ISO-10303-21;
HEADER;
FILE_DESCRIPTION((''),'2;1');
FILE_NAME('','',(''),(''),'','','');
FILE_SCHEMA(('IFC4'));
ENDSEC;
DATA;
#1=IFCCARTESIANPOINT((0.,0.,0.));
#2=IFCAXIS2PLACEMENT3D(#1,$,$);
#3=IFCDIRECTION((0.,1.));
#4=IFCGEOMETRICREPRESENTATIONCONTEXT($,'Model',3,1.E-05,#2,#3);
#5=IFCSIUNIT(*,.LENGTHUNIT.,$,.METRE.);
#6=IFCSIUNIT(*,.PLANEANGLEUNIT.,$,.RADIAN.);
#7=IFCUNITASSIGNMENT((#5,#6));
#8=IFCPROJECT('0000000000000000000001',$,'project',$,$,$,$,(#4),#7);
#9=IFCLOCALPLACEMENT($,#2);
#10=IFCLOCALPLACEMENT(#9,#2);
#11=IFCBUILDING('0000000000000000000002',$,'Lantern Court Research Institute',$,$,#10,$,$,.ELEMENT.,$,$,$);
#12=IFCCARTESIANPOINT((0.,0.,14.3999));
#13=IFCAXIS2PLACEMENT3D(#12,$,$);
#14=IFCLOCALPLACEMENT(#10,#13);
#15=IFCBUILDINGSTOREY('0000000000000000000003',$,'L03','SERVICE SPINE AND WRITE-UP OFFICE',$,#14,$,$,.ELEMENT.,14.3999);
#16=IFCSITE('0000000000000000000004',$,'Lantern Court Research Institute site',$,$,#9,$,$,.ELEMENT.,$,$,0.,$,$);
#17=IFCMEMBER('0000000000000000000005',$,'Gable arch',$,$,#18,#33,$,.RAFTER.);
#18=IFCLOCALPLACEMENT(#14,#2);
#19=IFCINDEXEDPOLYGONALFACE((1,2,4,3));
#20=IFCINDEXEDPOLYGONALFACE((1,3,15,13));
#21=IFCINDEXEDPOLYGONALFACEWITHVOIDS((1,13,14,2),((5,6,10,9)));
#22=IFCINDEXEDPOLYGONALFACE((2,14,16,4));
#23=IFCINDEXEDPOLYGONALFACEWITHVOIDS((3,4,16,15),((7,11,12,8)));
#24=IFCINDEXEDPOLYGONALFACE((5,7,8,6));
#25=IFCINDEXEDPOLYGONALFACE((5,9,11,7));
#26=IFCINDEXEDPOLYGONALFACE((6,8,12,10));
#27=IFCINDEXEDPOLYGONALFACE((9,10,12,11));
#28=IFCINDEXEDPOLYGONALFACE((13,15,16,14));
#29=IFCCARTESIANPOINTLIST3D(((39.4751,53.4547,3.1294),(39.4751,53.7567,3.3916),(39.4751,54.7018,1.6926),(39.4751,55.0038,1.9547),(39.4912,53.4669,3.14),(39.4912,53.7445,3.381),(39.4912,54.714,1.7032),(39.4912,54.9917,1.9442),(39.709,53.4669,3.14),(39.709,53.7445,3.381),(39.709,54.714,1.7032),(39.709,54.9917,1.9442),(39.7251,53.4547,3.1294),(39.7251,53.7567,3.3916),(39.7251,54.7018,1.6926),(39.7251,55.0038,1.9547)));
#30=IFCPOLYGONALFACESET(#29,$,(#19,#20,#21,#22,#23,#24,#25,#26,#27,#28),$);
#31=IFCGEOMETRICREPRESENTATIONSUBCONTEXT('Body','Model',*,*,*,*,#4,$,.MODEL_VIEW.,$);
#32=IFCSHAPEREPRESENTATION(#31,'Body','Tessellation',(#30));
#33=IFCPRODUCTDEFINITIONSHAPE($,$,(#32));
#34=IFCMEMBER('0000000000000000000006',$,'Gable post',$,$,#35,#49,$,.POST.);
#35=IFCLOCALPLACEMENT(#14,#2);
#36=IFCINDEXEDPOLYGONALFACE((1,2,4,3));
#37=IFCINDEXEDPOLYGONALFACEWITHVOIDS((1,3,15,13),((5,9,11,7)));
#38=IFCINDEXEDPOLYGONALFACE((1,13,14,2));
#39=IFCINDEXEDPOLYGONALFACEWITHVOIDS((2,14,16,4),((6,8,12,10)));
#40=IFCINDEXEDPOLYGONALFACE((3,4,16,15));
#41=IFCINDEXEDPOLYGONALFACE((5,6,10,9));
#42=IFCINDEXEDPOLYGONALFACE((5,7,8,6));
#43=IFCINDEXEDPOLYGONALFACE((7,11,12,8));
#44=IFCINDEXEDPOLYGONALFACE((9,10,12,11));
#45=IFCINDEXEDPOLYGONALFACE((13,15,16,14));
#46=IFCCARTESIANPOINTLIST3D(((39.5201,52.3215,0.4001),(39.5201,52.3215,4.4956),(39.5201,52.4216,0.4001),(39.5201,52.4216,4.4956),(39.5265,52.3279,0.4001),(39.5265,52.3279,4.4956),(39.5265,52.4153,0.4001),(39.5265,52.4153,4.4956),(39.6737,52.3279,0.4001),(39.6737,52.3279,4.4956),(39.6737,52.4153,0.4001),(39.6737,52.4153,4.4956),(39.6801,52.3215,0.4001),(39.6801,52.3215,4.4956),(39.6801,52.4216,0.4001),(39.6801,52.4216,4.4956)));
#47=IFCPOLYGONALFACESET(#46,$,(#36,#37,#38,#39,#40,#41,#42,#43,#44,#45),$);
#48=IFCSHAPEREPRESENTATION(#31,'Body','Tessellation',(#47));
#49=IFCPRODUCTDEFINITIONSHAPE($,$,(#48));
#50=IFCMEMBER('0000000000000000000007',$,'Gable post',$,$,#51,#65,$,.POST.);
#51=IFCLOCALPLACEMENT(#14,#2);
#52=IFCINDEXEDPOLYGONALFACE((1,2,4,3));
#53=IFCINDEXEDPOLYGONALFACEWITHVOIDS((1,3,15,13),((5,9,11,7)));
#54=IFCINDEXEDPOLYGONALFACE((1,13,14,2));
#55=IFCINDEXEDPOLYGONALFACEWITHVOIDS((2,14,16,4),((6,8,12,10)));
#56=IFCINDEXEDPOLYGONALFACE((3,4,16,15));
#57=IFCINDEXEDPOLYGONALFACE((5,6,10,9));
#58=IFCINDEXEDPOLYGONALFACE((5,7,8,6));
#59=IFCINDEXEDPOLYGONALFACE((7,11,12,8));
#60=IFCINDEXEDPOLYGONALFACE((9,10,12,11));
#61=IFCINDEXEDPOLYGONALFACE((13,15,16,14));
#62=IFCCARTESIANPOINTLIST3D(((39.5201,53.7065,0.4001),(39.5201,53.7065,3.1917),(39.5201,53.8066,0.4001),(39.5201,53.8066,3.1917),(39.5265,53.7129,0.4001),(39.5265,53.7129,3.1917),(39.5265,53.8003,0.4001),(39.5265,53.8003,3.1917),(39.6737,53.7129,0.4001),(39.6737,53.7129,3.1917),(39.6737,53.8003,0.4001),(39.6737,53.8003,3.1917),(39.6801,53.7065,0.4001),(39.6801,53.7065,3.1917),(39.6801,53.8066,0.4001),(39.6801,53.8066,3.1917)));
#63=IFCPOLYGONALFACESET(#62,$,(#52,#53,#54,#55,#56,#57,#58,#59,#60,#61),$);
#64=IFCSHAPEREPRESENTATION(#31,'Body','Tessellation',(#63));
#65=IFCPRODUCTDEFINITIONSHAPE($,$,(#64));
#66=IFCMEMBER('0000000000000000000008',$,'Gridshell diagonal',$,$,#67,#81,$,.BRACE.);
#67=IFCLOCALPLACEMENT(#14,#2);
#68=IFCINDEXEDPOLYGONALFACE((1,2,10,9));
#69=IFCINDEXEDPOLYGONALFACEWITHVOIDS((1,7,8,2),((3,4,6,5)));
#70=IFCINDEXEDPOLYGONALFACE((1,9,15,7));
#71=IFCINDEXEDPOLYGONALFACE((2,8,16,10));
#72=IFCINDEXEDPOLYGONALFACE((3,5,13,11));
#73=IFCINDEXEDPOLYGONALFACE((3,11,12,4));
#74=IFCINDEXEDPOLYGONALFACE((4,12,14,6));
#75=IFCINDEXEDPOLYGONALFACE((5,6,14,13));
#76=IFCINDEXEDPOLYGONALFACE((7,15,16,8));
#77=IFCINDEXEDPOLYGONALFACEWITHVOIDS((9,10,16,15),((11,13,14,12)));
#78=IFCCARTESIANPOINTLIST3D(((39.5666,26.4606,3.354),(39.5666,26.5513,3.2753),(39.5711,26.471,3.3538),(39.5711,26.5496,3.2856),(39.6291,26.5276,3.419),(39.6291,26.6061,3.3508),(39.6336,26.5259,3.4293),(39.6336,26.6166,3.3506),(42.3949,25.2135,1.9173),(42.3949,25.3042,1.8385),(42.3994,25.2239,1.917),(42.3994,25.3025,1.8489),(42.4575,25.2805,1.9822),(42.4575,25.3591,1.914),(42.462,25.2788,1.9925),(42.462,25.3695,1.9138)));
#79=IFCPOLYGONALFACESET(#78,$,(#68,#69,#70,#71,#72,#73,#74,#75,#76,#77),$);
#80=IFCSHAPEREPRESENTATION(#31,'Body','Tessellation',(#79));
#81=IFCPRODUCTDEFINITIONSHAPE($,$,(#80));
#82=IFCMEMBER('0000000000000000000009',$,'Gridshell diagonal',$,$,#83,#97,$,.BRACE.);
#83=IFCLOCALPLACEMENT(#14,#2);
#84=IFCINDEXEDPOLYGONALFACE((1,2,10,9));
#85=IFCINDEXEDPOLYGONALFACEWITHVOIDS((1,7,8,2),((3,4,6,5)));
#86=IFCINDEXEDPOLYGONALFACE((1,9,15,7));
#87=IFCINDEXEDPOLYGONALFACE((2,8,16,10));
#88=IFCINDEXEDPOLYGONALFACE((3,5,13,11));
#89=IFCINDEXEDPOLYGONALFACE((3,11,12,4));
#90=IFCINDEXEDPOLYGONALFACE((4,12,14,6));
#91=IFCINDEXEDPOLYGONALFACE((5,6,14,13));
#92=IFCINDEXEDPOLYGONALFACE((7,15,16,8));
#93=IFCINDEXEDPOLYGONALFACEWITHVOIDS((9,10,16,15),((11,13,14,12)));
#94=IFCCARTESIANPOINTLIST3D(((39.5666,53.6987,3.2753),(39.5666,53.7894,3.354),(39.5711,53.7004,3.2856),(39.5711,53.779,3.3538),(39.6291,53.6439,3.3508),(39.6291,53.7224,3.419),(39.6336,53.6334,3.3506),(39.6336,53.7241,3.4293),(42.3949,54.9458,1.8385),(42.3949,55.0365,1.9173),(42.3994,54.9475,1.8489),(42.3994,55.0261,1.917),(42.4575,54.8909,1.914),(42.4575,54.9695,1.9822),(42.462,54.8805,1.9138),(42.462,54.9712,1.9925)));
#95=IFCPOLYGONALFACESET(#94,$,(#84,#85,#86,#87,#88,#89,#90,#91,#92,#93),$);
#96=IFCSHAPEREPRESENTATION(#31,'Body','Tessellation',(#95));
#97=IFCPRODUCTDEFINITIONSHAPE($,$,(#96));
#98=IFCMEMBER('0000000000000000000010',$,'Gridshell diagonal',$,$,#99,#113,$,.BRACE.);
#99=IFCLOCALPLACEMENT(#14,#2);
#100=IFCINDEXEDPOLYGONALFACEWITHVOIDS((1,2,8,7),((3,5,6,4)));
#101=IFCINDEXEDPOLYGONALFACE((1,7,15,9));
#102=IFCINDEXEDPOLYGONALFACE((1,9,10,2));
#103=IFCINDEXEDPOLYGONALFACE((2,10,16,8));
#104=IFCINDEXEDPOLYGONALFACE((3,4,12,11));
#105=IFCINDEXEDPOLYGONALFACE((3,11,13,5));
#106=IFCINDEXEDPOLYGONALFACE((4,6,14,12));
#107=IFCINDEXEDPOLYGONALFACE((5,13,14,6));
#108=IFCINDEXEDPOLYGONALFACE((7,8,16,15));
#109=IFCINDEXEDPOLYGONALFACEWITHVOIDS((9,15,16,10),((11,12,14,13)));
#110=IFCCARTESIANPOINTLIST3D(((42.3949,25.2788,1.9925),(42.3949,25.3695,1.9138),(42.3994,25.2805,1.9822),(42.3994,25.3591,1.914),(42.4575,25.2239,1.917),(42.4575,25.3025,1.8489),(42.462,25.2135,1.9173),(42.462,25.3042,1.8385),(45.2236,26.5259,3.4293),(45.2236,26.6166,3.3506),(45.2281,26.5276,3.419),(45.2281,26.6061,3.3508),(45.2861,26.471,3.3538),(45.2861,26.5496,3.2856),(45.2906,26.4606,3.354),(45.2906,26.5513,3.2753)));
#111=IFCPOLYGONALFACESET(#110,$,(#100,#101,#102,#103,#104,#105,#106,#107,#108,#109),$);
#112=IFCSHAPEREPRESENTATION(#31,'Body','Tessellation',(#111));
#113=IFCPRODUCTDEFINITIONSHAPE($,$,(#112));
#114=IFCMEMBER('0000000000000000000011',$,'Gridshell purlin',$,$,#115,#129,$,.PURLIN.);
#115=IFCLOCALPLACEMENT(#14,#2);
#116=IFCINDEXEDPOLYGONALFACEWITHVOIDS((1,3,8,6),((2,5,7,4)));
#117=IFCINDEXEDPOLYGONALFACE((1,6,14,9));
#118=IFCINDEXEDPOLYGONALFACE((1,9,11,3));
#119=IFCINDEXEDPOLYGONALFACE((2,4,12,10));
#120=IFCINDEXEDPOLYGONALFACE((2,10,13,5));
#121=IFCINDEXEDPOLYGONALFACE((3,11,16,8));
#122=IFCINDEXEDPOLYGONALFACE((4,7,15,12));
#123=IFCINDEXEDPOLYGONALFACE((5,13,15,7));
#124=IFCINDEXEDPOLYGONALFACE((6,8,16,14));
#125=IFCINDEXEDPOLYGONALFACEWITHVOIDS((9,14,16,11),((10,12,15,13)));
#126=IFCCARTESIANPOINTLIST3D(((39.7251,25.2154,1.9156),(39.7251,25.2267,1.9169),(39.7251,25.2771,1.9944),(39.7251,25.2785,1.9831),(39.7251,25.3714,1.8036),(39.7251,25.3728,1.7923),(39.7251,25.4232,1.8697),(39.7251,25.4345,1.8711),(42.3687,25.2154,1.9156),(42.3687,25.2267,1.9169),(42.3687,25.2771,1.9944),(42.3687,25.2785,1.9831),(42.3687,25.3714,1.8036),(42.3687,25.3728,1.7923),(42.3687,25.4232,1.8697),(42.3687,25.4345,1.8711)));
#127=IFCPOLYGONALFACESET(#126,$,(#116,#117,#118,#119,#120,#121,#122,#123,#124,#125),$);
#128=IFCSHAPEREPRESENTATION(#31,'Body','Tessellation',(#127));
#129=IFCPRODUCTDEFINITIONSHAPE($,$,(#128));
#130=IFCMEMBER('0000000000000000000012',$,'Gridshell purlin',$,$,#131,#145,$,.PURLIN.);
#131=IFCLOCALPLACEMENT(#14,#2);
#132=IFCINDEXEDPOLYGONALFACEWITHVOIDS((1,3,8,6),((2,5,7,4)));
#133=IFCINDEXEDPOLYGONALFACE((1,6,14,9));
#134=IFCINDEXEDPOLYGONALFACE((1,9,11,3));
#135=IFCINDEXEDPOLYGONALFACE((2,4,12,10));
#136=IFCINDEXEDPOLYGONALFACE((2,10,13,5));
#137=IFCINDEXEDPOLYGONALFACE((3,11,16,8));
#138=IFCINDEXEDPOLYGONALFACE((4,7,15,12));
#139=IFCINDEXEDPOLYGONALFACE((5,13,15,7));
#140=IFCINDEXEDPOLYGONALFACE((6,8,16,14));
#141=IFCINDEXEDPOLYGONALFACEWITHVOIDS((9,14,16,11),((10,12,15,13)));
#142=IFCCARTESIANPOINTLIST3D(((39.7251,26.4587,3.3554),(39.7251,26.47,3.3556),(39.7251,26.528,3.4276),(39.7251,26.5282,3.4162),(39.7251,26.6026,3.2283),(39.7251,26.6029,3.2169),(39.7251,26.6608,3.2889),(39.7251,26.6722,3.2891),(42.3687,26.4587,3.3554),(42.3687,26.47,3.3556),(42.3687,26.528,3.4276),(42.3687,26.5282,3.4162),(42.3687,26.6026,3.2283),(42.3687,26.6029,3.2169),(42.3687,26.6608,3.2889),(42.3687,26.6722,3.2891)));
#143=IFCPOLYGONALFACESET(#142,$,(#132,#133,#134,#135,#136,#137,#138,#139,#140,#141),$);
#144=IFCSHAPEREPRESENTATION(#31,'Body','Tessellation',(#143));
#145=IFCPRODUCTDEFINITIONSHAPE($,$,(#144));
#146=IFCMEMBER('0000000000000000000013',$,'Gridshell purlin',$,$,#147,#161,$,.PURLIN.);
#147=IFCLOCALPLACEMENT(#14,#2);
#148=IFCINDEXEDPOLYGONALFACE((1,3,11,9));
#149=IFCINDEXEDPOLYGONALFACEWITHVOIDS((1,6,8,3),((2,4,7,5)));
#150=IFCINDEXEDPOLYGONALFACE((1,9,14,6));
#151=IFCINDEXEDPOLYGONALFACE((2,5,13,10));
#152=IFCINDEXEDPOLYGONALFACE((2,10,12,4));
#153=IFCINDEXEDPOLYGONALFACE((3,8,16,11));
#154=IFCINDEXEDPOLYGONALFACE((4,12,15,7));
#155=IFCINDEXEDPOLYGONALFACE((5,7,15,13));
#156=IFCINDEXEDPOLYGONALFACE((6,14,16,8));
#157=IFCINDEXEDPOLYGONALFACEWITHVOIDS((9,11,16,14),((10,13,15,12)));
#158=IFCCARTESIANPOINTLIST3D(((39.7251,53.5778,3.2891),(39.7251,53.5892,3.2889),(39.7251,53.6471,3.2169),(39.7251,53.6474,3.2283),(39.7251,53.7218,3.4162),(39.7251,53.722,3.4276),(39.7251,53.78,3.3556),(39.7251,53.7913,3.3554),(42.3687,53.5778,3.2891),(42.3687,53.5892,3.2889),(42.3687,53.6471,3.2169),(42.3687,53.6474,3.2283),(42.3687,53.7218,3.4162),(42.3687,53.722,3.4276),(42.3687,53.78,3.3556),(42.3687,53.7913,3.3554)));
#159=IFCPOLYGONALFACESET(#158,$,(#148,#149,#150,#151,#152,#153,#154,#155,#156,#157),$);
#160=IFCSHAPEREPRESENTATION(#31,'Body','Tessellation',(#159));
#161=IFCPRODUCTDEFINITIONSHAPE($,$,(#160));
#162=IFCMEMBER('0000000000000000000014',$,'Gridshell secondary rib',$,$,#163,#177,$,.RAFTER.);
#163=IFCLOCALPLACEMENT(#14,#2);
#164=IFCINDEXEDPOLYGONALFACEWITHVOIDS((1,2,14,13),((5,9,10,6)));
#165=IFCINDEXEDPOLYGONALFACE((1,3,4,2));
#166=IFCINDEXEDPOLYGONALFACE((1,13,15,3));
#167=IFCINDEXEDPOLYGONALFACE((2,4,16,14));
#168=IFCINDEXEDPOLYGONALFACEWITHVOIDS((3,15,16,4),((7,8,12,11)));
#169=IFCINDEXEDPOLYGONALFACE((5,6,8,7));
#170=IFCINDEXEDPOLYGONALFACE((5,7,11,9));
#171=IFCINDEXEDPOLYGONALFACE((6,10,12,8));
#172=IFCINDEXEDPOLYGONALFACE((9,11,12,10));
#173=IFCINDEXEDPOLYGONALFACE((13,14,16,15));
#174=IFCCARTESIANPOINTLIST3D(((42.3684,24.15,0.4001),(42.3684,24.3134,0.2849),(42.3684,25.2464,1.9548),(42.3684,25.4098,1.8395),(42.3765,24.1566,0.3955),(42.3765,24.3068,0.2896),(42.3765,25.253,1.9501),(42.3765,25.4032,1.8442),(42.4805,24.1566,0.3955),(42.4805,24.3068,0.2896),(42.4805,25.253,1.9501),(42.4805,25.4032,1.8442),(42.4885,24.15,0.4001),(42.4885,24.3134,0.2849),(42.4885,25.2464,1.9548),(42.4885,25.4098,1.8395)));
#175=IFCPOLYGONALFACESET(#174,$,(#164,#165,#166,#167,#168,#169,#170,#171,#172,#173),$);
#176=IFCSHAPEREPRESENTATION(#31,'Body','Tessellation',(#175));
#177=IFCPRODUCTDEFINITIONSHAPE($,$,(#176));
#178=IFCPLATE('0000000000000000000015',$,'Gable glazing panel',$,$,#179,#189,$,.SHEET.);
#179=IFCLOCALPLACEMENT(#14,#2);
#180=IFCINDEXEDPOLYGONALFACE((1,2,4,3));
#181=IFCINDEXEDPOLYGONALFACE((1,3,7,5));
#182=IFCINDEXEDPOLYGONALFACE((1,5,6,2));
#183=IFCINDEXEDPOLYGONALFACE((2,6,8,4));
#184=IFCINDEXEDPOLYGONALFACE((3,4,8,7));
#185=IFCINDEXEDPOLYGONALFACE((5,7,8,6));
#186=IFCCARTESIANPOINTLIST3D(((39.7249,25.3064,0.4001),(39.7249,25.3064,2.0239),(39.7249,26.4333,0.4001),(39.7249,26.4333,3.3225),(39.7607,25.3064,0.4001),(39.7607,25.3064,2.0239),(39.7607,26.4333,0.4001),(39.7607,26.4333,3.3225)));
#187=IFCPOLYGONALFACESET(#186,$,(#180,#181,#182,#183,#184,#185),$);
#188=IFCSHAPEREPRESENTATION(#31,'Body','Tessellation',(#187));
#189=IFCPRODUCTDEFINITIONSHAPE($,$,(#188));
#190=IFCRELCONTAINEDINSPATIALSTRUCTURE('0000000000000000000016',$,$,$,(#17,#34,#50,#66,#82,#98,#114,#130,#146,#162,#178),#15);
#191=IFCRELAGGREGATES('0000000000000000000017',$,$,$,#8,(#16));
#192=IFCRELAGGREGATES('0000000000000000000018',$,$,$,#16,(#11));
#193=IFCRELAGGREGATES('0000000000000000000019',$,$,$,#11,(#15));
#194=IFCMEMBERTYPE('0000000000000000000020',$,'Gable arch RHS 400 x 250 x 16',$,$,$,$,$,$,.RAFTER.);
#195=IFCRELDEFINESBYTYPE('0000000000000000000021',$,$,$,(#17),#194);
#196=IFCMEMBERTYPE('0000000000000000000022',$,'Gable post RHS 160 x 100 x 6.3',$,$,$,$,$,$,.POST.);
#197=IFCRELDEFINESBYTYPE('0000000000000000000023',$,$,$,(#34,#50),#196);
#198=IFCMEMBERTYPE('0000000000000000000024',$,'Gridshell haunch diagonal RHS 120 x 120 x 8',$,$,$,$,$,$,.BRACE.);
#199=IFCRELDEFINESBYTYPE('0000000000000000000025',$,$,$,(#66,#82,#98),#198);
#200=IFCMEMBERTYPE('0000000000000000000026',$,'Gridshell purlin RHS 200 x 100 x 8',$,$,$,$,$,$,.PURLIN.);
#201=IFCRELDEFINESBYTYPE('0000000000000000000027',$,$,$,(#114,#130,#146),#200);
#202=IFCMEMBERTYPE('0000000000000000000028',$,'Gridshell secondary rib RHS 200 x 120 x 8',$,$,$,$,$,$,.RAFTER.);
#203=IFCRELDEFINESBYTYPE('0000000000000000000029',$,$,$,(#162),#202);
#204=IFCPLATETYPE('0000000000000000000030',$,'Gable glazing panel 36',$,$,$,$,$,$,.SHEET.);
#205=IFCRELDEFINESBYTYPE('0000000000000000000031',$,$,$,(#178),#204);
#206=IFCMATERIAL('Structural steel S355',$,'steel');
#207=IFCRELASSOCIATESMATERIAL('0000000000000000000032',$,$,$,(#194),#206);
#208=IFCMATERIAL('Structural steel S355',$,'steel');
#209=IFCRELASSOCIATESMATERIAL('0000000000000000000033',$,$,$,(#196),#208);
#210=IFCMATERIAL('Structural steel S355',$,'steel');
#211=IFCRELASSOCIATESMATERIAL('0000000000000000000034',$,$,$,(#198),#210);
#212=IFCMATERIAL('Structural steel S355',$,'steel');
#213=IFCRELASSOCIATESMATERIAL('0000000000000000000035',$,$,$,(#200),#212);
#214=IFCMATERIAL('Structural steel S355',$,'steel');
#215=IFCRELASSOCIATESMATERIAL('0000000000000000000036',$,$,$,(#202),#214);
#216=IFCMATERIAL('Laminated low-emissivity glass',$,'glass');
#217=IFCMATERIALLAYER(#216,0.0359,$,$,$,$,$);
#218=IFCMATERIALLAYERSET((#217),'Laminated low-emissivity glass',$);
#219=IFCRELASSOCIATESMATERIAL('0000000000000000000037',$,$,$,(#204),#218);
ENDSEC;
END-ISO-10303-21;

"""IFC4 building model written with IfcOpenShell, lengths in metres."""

from ifc_helpers import new_model, si_unit, direction, frame, origin, origin_2d, place, context, subcontext, project, spatial, polyline, hollow_rectangle, outline, extrude, material, layer, layer_set, material_profile, profile_set, type_object, element, save


model = new_model("IFC4")

# Units and contexts
model_context = context("Model", 3, precision=1e-05, world=origin(), true_north=direction((0.0, 1.0)))
body_context = subcontext(model_context, "Body", "Model", "MODEL_VIEW")
ifc_project = project(units=[si_unit("LENGTHUNIT", "METRE"), si_unit("PLANEANGLEUNIT", "RADIAN")], contexts=[model_context])

# Site, building, storey
site_placement = place(None, origin())
site = spatial("IfcSite", under=ifc_project, at=site_placement, Name="Lantern Court Research Institute site", CompositionType="ELEMENT", RefElevation=0.0)
building_placement = place(site_placement, origin())
building = spatial("IfcBuilding", under=site, at=building_placement, Name="Lantern Court Research Institute", CompositionType="ELEMENT")
storey_placement = place(building_placement, frame((0.0, 0.0, 14.3999)))
storey = spatial("IfcBuildingStorey", under=building, at=storey_placement, Name="L03", Description="SERVICE SPINE AND WRITE-UP OFFICE", CompositionType="ELEMENT", Elevation=14.3999)

# Members
ifc_material_1 = material(Name="Structural steel S355", Category="steel")
ifc_material_profile_1 = material_profile(ifc_material_1, hollow_rectangle(XDim=0.25, YDim=0.3999, WallThickness=0.0161, at=origin_2d()), Name="Gable arch RHS 400 x 250 x 16")
ifc_profile_set_1 = profile_set([ifc_material_profile_1], Name="Structural steel S355")
member_type_1 = type_object("IfcMemberType", Name="Gable arch RHS 400 x 250 x 16", PredefinedType="RAFTER", material=ifc_profile_set_1)
member_1_placement = place(storey_placement, frame((39.6001, 53.6057, 3.2605), z_axis=(0.0, 0.655492, -0.755202), x_axis=(-1.0, 0.0, 0.0)))
element("IfcMember", 1, at=member_1_placement, inside=storey, type_object=member_type_1, Name="Gable arch", PredefinedType="RAFTER", context=body_context, shape_type="SweptSolid", body=[
    extrude(hollow_rectangle(XDim=0.25, YDim=0.3999, WallThickness=0.0161, at=origin_2d()), origin(), (0.0, 0.0, 1.0), 1.9026),
])
ifc_material_2 = material(Name="Structural steel S355", Category="steel")
ifc_material_profile_2 = material_profile(ifc_material_2, hollow_rectangle(XDim=0.1599, YDim=0.1001, WallThickness=0.0063, at=origin_2d()), Name="Gable post RHS 160 x 100 x 6.3")
ifc_profile_set_2 = profile_set([ifc_material_profile_2], Name="Structural steel S355")
member_type_2 = type_object("IfcMemberType", Name="Gable post RHS 160 x 100 x 6.3", PredefinedType="POST", material=ifc_profile_set_2)
member_2_placement = place(storey_placement, frame((39.6001, 52.3716, 0.4001), z_axis=(0.0, 0.0, 1.0), x_axis=(1.0, 0.0, 0.0)))
element("IfcMember", 2, at=member_2_placement, inside=storey, type_object=member_type_2, Name="Gable post", PredefinedType="POST", context=body_context, shape_type="SweptSolid", body=[
    extrude(hollow_rectangle(XDim=0.1599, YDim=0.1001, WallThickness=0.0063, at=origin_2d()), origin(), (0.0, 0.0, 1.0), 4.0955),
])
member_3_placement = place(storey_placement, frame((39.6001, 53.7566, 0.4001), z_axis=(0.0, 0.0, 1.0), x_axis=(1.0, 0.0, 0.0)))
element("IfcMember", 3, at=member_3_placement, inside=storey, type_object=member_type_2, Name="Gable post", PredefinedType="POST", context=body_context, shape_type="SweptSolid", body=[
    extrude(hollow_rectangle(XDim=0.1599, YDim=0.1001, WallThickness=0.0063, at=origin_2d()), origin(), (0.0, 0.0, 1.0), 2.7915),
])
ifc_material_3 = material(Name="Structural steel S355", Category="steel")
ifc_material_profile_3 = material_profile(ifc_material_3, hollow_rectangle(XDim=0.1201, YDim=0.1201, WallThickness=0.0081, at=origin_2d()), Name="Gridshell haunch diagonal RHS 120 x 120 x 8")
ifc_profile_set_3 = profile_set([ifc_material_profile_3], Name="Structural steel S355")
member_type_3 = type_object("IfcMemberType", Name="Gridshell haunch diagonal RHS 120 x 120 x 8", PredefinedType="BRACE", material=ifc_profile_set_3)
for number, where, z_axis, x_axis, name in (
    (4, (42.4285, 25.2915, 1.9155), (-0.829753, 0.36585, 0.421502), (-0.558131, -0.543889, -0.626637), "Gridshell diagonal"),
    (5, (39.6001, 53.7114, 3.3523), (0.829753, 0.36585, -0.421502), (-0.558131, 0.543889, -0.626637), "Gridshell diagonal"),
):
    element("IfcMember", number, at=place(storey_placement, frame(where, z_axis=z_axis, x_axis=x_axis)), inside=storey, type_object=member_type_3, Name=name, PredefinedType="BRACE", context=body_context, shape_type="SweptSolid", body=[
        extrude(hollow_rectangle(XDim=0.1201, YDim=0.1201, WallThickness=0.0081, at=origin_2d()), origin(), (0.0, 0.0, 1.0), 3.4087),
    ])
member_4_placement = place(storey_placement, frame((42.4285, 25.2915, 1.9155), z_axis=(0.829775, 0.365829, 0.421477), x_axis=(-0.558098, 0.543914, 0.626645)))
element("IfcMember", 6, at=member_4_placement, inside=storey, type_object=member_type_3, Name="Gridshell diagonal", PredefinedType="BRACE", context=body_context, shape_type="SweptSolid", body=[
    extrude(hollow_rectangle(XDim=0.1201, YDim=0.1201, WallThickness=0.0081, at=origin_2d()), origin(), (0.0, 0.0, 1.0), 3.4089),
])
ifc_material_4 = material(Name="Structural steel S355", Category="steel")
ifc_material_profile_4 = material_profile(ifc_material_4, hollow_rectangle(XDim=0.1001, YDim=0.2, WallThickness=0.0081, at=origin_2d()), Name="Gridshell purlin RHS 200 x 100 x 8")
ifc_profile_set_4 = profile_set([ifc_material_profile_4], Name="Structural steel S355")
member_type_4 = type_object("IfcMemberType", Name="Gridshell purlin RHS 200 x 100 x 8", PredefinedType="PURLIN", material=ifc_profile_set_4)
for number, where, z_axis, x_axis, name in (
    (7, (39.7251, 25.325, 1.8933), (1.0, 0.0, 0.0), (0.0, 0.616657, 0.787232), "Gridshell purlin"),
    (8, (39.7251, 26.5654, 3.3223), (1.0, 0.0, 0.0), (0.0, 0.692674, 0.721251), "Gridshell purlin"),
    (9, (39.7251, 53.6846, 3.3223), (1.0, 0.0, 0.0), (0.0, 0.692674, -0.721251), "Gridshell purlin"),
):
    element("IfcMember", number, at=place(storey_placement, frame(where, z_axis=z_axis, x_axis=x_axis)), inside=storey, type_object=member_type_4, Name=name, PredefinedType="PURLIN", context=body_context, shape_type="SweptSolid", body=[
        extrude(hollow_rectangle(XDim=0.1001, YDim=0.2, WallThickness=0.0081, at=origin_2d()), origin(), (0.0, 0.0, 1.0), 2.6436),
    ])
ifc_material_5 = material(Name="Structural steel S355", Category="steel")
ifc_material_profile_5 = material_profile(ifc_material_5, hollow_rectangle(XDim=0.1201, YDim=0.2, WallThickness=0.0081, at=origin_2d()), Name="Gridshell secondary rib RHS 200 x 120 x 8")
ifc_profile_set_5 = profile_set([ifc_material_profile_5], Name="Structural steel S355")
member_type_5 = type_object("IfcMemberType", Name="Gridshell secondary rib RHS 200 x 120 x 8", PredefinedType="RAFTER", material=ifc_profile_set_5)
member_5_placement = place(storey_placement, frame((42.4285, 24.2317, 0.3425), z_axis=(0.0, 0.576335, 0.817213), x_axis=(-1.0, 0.0, 0.0)))
element("IfcMember", 10, at=member_5_placement, inside=storey, type_object=member_type_5, Name="Gridshell secondary rib", PredefinedType="RAFTER", context=body_context, shape_type="SweptSolid", body=[
    extrude(hollow_rectangle(XDim=0.1201, YDim=0.2, WallThickness=0.0081, at=origin_2d()), origin(), (0.0, 0.0, 1.0), 1.9023),
])

# Plate
ifc_material_6 = material(Name="Laminated low-emissivity glass", Category="glass")
ifc_layer_1 = layer(ifc_material_6, 0.0359)
ifc_layer_set_1 = layer_set([ifc_layer_1], Name="Laminated low-emissivity glass")
plate_type_1 = type_object("IfcPlateType", Name="Gable glazing panel 36", PredefinedType="SHEET", material=ifc_layer_set_1)
plate_1_placement = place(storey_placement, frame((39.7429, 25.3064, 0.4001), z_axis=(0.0, 0.0, 1.0), x_axis=(0.0, 1.0, 0.0)))
element("IfcPlate", 11, at=plate_1_placement, inside=storey, type_object=plate_type_1, Name="Gable glazing panel", PredefinedType="SHEET", context=body_context, shape_type="SweptSolid", body=[
    extrude(outline(polyline([(0.0, 0.0), (1.127, 0.0), (1.127, 2.9224), (0.0, 1.6238), (0.0, 0.0)])), frame((0.0, 0.0181, 0.0), z_axis=(0.0, -1.0, 0.0), x_axis=(1.0, 0.0, 0.0)), (0.0, 0.0, 1.0), 0.0359),
])

save(model, "model.ifc")
